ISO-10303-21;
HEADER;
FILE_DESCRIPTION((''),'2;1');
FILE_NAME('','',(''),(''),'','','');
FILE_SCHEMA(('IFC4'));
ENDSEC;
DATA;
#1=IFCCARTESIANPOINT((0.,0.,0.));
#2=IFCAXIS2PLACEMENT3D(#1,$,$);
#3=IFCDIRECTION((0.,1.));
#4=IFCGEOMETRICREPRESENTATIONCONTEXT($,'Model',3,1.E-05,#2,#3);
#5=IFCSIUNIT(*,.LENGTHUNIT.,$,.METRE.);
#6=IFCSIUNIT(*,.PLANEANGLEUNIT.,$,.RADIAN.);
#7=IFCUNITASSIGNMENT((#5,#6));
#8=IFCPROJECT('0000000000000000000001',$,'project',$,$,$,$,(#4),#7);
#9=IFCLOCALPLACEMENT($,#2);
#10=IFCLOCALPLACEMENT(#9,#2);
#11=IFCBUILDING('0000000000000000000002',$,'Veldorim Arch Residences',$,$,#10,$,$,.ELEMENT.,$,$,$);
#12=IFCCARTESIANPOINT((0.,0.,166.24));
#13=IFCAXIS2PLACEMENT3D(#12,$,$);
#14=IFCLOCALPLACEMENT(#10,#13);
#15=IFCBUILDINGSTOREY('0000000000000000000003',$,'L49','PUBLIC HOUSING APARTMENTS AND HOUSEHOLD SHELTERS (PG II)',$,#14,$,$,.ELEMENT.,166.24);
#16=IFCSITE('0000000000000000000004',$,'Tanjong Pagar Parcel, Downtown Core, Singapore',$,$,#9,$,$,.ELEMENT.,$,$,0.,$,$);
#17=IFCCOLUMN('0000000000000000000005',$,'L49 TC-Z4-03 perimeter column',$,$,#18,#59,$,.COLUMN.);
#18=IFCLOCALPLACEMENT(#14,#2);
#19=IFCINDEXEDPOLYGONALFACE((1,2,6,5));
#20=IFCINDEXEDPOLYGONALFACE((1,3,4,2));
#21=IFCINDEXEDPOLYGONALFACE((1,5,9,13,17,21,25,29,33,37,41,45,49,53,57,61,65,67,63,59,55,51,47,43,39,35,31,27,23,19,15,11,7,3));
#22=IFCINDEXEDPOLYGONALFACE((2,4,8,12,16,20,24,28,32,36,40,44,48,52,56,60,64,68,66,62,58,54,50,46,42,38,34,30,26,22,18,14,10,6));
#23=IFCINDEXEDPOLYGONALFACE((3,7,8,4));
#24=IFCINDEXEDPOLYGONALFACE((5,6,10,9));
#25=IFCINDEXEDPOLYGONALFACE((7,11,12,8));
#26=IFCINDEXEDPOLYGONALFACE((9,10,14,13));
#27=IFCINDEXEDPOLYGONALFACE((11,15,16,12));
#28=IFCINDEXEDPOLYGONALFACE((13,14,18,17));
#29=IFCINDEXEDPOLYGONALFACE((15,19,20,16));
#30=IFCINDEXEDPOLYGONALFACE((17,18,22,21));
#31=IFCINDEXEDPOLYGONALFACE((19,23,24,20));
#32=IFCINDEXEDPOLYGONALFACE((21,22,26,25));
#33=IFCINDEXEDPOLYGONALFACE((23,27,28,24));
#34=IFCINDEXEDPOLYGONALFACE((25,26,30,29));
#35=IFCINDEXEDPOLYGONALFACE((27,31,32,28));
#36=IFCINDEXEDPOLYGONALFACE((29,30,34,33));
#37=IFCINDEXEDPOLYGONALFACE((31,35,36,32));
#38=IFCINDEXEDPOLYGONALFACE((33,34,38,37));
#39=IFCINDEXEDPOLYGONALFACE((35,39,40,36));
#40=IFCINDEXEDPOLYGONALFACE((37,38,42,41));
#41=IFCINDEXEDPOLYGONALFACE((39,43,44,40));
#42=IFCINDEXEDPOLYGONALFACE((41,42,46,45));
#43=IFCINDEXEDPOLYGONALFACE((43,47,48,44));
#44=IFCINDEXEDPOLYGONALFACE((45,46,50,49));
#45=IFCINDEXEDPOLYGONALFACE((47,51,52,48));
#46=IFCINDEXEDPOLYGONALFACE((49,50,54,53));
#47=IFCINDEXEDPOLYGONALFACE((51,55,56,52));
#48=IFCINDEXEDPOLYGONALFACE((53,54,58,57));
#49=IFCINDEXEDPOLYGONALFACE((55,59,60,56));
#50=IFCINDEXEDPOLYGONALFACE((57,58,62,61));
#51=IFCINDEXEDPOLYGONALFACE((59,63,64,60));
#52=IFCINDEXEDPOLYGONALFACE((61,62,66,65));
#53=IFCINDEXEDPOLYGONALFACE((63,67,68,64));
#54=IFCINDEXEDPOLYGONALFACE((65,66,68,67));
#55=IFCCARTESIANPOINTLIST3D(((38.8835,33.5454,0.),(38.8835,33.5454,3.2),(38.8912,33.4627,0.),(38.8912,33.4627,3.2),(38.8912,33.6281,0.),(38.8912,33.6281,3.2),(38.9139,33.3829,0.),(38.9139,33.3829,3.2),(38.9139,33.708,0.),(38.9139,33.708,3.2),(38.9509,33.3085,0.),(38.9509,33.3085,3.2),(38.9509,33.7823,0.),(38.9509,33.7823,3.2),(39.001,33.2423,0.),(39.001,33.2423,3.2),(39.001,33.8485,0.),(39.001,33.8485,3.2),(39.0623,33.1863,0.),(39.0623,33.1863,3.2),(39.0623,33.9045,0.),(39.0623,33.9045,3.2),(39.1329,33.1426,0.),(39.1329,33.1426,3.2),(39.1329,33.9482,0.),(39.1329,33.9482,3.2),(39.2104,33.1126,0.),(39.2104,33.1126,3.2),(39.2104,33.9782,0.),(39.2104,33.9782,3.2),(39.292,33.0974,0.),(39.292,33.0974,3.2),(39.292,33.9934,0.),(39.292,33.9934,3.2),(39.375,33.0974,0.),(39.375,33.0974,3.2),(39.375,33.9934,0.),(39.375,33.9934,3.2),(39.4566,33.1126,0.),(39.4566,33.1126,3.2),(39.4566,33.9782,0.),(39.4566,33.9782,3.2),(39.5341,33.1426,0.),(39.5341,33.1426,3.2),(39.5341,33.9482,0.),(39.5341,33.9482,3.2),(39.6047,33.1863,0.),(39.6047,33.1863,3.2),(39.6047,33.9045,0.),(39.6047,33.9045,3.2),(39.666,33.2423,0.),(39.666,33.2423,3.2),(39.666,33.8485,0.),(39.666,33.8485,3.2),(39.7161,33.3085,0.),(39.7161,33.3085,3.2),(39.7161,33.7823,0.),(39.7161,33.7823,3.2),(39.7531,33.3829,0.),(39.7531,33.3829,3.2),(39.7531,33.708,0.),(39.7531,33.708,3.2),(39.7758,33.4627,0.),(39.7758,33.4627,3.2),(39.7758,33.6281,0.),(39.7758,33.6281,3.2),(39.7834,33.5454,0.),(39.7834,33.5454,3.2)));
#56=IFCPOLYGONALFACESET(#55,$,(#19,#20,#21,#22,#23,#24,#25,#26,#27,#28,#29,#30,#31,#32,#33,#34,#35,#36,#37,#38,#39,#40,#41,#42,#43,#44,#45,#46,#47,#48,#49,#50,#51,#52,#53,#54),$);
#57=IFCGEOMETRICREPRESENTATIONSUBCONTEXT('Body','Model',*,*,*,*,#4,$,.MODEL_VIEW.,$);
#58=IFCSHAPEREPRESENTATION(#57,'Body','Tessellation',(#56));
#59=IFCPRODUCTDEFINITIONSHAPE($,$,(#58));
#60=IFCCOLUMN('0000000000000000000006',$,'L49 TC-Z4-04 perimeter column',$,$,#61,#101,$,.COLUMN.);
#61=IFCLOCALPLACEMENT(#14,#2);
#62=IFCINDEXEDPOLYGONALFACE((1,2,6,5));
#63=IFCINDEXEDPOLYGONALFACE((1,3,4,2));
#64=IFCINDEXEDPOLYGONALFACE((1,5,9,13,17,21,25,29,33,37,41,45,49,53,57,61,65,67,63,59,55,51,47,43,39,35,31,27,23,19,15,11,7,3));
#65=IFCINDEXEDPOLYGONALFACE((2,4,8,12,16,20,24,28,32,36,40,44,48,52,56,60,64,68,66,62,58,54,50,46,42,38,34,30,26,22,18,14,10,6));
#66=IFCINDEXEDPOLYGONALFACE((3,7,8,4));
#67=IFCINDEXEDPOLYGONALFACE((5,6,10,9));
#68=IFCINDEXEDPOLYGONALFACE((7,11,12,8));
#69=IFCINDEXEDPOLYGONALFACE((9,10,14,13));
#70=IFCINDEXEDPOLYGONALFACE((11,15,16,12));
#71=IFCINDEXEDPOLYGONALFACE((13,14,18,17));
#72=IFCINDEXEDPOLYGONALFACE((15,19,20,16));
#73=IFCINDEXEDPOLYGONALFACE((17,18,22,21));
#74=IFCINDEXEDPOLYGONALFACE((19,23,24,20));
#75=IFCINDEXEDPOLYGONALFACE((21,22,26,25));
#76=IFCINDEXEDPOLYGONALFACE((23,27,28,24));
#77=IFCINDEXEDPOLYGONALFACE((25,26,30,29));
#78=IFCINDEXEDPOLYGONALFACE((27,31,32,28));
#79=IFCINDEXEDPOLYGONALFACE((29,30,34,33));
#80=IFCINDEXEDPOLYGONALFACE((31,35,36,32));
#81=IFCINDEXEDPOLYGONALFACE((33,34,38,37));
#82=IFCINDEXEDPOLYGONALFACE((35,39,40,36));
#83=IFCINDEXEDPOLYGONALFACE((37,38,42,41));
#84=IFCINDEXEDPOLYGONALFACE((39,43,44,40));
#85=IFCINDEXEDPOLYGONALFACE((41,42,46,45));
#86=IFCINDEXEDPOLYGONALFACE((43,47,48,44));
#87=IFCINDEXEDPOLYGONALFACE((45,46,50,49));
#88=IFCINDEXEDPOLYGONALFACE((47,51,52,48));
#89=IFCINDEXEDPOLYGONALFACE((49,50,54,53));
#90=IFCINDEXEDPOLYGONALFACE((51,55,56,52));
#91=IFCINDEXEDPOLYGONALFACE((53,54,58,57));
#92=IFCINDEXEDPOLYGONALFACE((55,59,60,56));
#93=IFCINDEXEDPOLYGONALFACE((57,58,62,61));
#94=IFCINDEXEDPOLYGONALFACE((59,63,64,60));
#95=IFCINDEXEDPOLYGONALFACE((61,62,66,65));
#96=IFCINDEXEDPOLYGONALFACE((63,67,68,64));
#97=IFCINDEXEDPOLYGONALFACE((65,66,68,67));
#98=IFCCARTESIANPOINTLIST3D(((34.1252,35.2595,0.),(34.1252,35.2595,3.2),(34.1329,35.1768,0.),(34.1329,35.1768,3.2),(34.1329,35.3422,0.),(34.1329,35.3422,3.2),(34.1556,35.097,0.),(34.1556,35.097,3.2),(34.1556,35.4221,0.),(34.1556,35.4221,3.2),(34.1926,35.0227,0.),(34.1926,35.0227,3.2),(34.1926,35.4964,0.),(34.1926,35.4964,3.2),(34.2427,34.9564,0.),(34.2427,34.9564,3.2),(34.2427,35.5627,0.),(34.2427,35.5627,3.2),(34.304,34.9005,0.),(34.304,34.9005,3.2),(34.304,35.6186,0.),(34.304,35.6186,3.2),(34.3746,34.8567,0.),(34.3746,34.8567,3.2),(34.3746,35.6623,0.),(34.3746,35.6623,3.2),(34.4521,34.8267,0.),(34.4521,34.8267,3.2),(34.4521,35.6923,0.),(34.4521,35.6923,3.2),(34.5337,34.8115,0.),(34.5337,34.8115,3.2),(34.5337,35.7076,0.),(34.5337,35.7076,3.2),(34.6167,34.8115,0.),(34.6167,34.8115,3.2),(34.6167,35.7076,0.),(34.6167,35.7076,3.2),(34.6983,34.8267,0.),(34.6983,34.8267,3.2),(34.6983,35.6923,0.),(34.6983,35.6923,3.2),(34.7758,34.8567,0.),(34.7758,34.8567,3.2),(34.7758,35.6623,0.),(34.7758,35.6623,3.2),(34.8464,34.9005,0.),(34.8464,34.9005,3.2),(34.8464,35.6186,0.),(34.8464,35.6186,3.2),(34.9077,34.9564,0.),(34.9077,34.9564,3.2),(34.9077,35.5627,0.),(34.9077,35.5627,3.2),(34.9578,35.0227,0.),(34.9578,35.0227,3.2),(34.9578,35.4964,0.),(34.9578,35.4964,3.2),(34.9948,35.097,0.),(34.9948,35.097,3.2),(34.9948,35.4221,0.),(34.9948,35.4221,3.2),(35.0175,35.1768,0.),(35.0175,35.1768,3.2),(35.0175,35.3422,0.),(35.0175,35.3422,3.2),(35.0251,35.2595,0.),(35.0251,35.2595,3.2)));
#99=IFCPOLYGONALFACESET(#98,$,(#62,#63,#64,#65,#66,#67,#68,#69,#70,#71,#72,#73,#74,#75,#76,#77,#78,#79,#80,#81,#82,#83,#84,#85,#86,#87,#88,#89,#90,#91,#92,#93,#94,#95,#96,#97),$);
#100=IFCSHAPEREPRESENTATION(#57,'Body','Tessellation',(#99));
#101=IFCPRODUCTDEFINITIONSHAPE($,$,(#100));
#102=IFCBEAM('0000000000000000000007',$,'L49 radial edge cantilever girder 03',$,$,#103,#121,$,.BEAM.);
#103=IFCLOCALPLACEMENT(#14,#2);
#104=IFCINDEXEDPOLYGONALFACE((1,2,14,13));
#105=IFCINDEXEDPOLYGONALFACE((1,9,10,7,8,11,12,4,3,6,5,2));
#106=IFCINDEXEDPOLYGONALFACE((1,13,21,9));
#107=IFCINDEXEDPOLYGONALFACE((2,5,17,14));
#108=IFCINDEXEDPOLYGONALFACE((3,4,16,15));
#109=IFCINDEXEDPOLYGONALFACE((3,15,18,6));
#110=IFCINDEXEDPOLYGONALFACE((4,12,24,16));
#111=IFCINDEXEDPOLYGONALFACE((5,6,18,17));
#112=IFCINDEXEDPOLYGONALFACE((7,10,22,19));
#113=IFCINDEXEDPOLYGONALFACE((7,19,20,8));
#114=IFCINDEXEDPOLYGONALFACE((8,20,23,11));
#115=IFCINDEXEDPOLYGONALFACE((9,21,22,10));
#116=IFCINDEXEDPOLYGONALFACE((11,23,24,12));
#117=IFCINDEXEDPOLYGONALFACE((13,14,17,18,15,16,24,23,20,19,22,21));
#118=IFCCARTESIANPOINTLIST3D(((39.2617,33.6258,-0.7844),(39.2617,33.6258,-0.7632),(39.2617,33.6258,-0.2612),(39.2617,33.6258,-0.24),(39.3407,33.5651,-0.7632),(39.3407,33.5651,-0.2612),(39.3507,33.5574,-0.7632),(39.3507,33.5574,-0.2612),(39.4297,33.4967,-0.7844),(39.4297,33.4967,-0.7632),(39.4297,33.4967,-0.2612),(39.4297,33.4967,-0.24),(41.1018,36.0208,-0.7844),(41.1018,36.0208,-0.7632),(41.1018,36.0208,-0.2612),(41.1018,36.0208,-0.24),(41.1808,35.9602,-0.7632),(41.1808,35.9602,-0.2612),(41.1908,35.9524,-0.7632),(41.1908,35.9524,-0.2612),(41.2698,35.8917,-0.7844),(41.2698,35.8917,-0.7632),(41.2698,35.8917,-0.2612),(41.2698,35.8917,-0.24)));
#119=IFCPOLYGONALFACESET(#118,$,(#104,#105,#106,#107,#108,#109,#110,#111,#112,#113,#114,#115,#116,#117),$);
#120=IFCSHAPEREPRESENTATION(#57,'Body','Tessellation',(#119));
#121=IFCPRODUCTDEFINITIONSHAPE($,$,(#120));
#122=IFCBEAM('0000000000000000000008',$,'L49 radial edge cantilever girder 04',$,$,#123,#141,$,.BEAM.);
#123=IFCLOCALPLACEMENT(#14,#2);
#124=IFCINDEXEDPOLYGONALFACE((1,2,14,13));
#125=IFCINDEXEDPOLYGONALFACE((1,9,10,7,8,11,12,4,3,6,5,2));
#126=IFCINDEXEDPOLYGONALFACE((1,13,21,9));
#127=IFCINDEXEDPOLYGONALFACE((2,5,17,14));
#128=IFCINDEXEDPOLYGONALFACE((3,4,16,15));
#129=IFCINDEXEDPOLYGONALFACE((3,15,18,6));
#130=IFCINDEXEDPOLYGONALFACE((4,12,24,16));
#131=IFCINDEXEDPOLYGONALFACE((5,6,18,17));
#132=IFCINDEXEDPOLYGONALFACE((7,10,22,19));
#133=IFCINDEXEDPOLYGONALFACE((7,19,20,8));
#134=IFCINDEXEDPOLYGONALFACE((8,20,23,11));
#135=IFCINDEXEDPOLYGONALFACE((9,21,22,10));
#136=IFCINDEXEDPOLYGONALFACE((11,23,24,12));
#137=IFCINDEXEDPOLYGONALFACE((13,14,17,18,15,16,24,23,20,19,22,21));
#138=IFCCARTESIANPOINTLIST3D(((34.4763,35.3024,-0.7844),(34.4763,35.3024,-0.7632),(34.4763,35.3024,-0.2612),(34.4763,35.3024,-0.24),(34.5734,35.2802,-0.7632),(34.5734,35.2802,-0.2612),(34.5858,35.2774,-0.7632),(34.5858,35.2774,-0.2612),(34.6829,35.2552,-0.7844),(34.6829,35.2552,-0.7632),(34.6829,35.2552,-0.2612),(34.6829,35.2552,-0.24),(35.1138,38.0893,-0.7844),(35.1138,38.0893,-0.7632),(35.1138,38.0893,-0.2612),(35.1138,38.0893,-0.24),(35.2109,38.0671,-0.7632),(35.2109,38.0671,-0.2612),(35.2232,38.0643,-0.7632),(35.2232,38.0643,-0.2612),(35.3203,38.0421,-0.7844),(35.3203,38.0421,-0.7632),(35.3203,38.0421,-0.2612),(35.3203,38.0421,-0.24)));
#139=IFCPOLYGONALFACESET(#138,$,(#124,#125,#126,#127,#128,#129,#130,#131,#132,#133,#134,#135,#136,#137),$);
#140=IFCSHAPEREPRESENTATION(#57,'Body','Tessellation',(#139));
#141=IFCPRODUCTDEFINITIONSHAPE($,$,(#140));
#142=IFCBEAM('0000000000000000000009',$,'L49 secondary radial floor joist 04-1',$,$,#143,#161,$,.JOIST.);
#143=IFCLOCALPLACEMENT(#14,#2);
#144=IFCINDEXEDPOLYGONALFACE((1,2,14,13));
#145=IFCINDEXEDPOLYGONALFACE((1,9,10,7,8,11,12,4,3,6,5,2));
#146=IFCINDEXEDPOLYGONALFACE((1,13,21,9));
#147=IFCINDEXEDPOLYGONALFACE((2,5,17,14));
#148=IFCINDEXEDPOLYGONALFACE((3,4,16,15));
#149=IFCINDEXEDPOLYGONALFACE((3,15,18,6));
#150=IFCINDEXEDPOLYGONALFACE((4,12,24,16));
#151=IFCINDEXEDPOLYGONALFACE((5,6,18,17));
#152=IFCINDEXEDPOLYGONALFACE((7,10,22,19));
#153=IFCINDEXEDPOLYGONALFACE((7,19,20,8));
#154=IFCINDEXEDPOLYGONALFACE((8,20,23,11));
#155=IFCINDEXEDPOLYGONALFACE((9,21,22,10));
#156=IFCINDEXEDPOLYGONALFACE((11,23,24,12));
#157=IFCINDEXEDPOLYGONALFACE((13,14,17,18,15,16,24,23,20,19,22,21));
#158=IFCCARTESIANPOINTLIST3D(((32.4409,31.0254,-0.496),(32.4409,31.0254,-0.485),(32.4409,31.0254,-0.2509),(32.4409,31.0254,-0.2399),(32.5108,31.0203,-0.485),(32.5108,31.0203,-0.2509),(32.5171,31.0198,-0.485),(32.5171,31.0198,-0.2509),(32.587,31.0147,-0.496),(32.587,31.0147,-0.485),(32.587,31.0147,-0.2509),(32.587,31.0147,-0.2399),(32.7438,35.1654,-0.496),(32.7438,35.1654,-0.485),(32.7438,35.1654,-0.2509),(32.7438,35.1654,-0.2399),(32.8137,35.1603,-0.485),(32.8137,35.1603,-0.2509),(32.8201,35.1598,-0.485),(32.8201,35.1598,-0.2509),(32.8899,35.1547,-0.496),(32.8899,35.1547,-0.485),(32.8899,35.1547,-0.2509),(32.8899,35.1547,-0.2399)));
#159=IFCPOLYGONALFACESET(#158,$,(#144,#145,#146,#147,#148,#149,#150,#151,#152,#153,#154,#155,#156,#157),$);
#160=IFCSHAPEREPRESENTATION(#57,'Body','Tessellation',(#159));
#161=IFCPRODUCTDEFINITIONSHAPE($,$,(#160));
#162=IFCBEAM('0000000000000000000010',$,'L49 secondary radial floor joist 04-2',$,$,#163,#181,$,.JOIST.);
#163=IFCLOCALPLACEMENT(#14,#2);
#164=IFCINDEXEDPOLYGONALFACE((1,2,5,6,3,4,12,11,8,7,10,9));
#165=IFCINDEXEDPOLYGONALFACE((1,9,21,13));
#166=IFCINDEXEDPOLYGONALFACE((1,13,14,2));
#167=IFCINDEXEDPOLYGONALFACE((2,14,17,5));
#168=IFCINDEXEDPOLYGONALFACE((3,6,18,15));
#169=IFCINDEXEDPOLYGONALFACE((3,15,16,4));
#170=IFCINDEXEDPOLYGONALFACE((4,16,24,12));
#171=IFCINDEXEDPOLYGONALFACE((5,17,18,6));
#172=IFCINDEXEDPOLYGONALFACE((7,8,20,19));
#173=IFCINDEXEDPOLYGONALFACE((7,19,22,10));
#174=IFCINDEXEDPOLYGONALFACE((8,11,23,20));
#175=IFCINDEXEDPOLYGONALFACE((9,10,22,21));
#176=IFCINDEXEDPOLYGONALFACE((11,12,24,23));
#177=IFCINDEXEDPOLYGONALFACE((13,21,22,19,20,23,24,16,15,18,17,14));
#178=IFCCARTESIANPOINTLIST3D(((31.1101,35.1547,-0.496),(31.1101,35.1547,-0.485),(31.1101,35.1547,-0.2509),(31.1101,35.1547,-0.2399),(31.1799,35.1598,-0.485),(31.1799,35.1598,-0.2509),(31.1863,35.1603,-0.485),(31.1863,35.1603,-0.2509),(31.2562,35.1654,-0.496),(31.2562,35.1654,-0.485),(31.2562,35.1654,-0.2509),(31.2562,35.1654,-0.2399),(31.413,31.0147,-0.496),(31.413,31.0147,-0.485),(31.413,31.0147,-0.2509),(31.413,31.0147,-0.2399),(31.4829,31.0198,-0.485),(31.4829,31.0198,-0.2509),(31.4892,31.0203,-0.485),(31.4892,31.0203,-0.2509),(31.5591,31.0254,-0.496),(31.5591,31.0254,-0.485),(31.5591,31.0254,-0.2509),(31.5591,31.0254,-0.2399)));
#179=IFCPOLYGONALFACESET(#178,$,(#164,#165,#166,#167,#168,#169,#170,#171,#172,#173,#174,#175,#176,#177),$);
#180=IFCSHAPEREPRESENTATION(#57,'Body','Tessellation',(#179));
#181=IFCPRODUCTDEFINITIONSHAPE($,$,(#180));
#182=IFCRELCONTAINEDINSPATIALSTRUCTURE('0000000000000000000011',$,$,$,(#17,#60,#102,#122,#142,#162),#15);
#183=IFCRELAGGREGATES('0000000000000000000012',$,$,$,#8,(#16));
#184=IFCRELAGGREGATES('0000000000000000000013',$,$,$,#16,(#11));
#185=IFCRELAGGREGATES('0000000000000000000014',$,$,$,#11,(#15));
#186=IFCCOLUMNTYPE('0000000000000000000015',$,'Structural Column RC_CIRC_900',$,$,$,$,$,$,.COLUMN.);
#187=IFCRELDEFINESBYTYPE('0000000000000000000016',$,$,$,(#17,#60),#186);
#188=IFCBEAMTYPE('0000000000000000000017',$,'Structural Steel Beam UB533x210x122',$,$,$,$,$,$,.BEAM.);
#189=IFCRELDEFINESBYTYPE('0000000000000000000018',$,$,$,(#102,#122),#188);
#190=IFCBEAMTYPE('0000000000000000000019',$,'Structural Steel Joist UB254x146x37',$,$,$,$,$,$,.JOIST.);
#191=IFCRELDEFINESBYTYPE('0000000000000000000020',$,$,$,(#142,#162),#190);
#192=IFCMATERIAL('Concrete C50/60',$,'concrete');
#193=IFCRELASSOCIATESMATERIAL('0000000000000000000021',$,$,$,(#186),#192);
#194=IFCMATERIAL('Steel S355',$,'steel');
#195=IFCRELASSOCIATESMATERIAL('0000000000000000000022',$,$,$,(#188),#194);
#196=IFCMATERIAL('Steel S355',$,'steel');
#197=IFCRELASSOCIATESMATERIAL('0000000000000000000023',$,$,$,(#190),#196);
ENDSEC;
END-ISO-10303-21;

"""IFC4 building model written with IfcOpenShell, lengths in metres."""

from ifc_helpers import new_model, si_unit, direction, frame, origin, origin_2d, place, context, subcontext, project, spatial, circle, i_section, extrude, material, material_profile, profile_set, type_object, element, save


model = new_model("IFC4")

# Units and contexts
model_context = context("Model", 3, precision=1e-05, world=origin(), true_north=direction((0.0, 1.0)))
body_context = subcontext(model_context, "Body", "Model", "MODEL_VIEW")
ifc_project = project(units=[si_unit("LENGTHUNIT", "METRE"), si_unit("PLANEANGLEUNIT", "RADIAN")], contexts=[model_context])

# Site, building, storey
site_placement = place(None, origin())
site = spatial("IfcSite", under=ifc_project, at=site_placement, Name="Tanjong Pagar Parcel, Downtown Core, Singapore", CompositionType="ELEMENT", RefElevation=0.0)
building_placement = place(site_placement, origin())
building = spatial("IfcBuilding", under=site, at=building_placement, Name="Veldorim Arch Residences", CompositionType="ELEMENT")
storey_placement = place(building_placement, frame((0.0, 0.0, 166.24)))
storey = spatial("IfcBuildingStorey", under=building, at=storey_placement, Name="L49", Description="PUBLIC HOUSING APARTMENTS AND HOUSEHOLD SHELTERS (PG II)", CompositionType="ELEMENT", Elevation=166.24)

# Columns
ifc_material_1 = material(Name="Concrete C50/60", Category="concrete")
ifc_material_profile_1 = material_profile(ifc_material_1, circle(Radius=0.45, at=origin_2d()), Name="RC_CIRC_900")
ifc_profile_set_1 = profile_set([ifc_material_profile_1], Name="Concrete C50/60")
column_type = type_object("IfcColumnType", Name="Structural Column RC_CIRC_900", PredefinedType="COLUMN", material=ifc_profile_set_1)
for number, where, z_axis, x_axis, name in (
    (1, (39.3335, 33.5454, 0.0), (0.0, 0.0, 1.0), (1.0, 0.0, 0.0), "L49 TC-Z4-03 perimeter column"),
    (2, (34.5752, 35.2595, 0.0), (0.0, 0.0, 1.0), (1.0, 0.0, 0.0), "L49 TC-Z4-04 perimeter column"),
):
    element("IfcColumn", number, at=place(storey_placement, frame(where, z_axis=z_axis, x_axis=x_axis)), inside=storey, type_object=column_type, Name=name, PredefinedType="COLUMN", context=body_context, shape_type="SweptSolid", body=[
        extrude(circle(Radius=0.45, at=origin_2d()), origin(), (0.0, 0.0, 1.0), 3.2),
    ])

# Beams
ifc_material_2 = material(Name="Steel S355", Category="steel")
ifc_material_profile_2 = material_profile(ifc_material_2, i_section(OverallWidth=0.2119, OverallDepth=0.5444, WebThickness=0.0127, FlangeThickness=0.0212, at=origin_2d()), Name="UB533x210x122")
ifc_profile_set_2 = profile_set([ifc_material_profile_2], Name="Steel S355")
beam_type_1 = type_object("IfcBeamType", Name="Structural Steel Beam UB533x210x122", PredefinedType="BEAM", material=ifc_profile_set_2)
beam_1_placement = place(storey_placement, frame((39.3457, 33.5613, -0.5122), z_axis=(0.609246, 0.792981, 0.0), x_axis=(-0.792981, 0.609246, 0.0)))
element("IfcBeam", 3, at=beam_1_placement, inside=storey, type_object=beam_type_1, Name="L49 radial edge cantilever girder 03", PredefinedType="BEAM", context=body_context, shape_type="SweptSolid", body=[
    extrude(i_section(OverallWidth=0.2119, OverallDepth=0.5444, WebThickness=0.0127, FlangeThickness=0.0212, at=origin_2d()), origin(), (0.0, 0.0, 1.0), 3.0203),
])
beam_2_placement = place(storey_placement, frame((34.5796, 35.2788, -0.5122), z_axis=(0.222976, 0.974824, 0.0), x_axis=(-0.974824, 0.222976, 0.0)))
element("IfcBeam", 4, at=beam_2_placement, inside=storey, type_object=beam_type_1, Name="L49 radial edge cantilever girder 04", PredefinedType="BEAM", context=body_context, shape_type="SweptSolid", body=[
    extrude(i_section(OverallWidth=0.2119, OverallDepth=0.5444, WebThickness=0.0127, FlangeThickness=0.0212, at=origin_2d()), origin(), (0.0, 0.0, 1.0), 2.8589),
])
ifc_material_3 = material(Name="Steel S355", Category="steel")
ifc_material_profile_3 = material_profile(ifc_material_3, i_section(OverallWidth=0.1465, OverallDepth=0.2561, WebThickness=0.0063, FlangeThickness=0.011, at=origin_2d()), Name="UB254x146x37")
ifc_profile_set_3 = profile_set([ifc_material_profile_3], Name="Steel S355")
beam_type_2 = type_object("IfcBeamType", Name="Structural Steel Joist UB254x146x37", PredefinedType="JOIST", material=ifc_profile_set_3)
for number, where, z_axis, x_axis, name in (
    (5, (32.5139, 31.02, -0.3679), (0.072986, 0.997333, 0.0), (-0.997333, 0.072986, 0.0), "L49 secondary radial floor joist 04-1"),
    (6, (31.4861, 31.02, -0.3679), (-0.072986, 0.997333, 0.0), (-0.997333, -0.072986, 0.0), "L49 secondary radial floor joist 04-2"),
):
    element("IfcBeam", number, at=place(storey_placement, frame(where, z_axis=z_axis, x_axis=x_axis)), inside=storey, type_object=beam_type_2, Name=name, PredefinedType="JOIST", context=body_context, shape_type="SweptSolid", body=[
        extrude(i_section(OverallWidth=0.1465, OverallDepth=0.2561, WebThickness=0.0063, FlangeThickness=0.011, at=origin_2d()), origin(), (0.0, 0.0, 1.0), 4.1511),
    ])

save(model, "model.ifc")
